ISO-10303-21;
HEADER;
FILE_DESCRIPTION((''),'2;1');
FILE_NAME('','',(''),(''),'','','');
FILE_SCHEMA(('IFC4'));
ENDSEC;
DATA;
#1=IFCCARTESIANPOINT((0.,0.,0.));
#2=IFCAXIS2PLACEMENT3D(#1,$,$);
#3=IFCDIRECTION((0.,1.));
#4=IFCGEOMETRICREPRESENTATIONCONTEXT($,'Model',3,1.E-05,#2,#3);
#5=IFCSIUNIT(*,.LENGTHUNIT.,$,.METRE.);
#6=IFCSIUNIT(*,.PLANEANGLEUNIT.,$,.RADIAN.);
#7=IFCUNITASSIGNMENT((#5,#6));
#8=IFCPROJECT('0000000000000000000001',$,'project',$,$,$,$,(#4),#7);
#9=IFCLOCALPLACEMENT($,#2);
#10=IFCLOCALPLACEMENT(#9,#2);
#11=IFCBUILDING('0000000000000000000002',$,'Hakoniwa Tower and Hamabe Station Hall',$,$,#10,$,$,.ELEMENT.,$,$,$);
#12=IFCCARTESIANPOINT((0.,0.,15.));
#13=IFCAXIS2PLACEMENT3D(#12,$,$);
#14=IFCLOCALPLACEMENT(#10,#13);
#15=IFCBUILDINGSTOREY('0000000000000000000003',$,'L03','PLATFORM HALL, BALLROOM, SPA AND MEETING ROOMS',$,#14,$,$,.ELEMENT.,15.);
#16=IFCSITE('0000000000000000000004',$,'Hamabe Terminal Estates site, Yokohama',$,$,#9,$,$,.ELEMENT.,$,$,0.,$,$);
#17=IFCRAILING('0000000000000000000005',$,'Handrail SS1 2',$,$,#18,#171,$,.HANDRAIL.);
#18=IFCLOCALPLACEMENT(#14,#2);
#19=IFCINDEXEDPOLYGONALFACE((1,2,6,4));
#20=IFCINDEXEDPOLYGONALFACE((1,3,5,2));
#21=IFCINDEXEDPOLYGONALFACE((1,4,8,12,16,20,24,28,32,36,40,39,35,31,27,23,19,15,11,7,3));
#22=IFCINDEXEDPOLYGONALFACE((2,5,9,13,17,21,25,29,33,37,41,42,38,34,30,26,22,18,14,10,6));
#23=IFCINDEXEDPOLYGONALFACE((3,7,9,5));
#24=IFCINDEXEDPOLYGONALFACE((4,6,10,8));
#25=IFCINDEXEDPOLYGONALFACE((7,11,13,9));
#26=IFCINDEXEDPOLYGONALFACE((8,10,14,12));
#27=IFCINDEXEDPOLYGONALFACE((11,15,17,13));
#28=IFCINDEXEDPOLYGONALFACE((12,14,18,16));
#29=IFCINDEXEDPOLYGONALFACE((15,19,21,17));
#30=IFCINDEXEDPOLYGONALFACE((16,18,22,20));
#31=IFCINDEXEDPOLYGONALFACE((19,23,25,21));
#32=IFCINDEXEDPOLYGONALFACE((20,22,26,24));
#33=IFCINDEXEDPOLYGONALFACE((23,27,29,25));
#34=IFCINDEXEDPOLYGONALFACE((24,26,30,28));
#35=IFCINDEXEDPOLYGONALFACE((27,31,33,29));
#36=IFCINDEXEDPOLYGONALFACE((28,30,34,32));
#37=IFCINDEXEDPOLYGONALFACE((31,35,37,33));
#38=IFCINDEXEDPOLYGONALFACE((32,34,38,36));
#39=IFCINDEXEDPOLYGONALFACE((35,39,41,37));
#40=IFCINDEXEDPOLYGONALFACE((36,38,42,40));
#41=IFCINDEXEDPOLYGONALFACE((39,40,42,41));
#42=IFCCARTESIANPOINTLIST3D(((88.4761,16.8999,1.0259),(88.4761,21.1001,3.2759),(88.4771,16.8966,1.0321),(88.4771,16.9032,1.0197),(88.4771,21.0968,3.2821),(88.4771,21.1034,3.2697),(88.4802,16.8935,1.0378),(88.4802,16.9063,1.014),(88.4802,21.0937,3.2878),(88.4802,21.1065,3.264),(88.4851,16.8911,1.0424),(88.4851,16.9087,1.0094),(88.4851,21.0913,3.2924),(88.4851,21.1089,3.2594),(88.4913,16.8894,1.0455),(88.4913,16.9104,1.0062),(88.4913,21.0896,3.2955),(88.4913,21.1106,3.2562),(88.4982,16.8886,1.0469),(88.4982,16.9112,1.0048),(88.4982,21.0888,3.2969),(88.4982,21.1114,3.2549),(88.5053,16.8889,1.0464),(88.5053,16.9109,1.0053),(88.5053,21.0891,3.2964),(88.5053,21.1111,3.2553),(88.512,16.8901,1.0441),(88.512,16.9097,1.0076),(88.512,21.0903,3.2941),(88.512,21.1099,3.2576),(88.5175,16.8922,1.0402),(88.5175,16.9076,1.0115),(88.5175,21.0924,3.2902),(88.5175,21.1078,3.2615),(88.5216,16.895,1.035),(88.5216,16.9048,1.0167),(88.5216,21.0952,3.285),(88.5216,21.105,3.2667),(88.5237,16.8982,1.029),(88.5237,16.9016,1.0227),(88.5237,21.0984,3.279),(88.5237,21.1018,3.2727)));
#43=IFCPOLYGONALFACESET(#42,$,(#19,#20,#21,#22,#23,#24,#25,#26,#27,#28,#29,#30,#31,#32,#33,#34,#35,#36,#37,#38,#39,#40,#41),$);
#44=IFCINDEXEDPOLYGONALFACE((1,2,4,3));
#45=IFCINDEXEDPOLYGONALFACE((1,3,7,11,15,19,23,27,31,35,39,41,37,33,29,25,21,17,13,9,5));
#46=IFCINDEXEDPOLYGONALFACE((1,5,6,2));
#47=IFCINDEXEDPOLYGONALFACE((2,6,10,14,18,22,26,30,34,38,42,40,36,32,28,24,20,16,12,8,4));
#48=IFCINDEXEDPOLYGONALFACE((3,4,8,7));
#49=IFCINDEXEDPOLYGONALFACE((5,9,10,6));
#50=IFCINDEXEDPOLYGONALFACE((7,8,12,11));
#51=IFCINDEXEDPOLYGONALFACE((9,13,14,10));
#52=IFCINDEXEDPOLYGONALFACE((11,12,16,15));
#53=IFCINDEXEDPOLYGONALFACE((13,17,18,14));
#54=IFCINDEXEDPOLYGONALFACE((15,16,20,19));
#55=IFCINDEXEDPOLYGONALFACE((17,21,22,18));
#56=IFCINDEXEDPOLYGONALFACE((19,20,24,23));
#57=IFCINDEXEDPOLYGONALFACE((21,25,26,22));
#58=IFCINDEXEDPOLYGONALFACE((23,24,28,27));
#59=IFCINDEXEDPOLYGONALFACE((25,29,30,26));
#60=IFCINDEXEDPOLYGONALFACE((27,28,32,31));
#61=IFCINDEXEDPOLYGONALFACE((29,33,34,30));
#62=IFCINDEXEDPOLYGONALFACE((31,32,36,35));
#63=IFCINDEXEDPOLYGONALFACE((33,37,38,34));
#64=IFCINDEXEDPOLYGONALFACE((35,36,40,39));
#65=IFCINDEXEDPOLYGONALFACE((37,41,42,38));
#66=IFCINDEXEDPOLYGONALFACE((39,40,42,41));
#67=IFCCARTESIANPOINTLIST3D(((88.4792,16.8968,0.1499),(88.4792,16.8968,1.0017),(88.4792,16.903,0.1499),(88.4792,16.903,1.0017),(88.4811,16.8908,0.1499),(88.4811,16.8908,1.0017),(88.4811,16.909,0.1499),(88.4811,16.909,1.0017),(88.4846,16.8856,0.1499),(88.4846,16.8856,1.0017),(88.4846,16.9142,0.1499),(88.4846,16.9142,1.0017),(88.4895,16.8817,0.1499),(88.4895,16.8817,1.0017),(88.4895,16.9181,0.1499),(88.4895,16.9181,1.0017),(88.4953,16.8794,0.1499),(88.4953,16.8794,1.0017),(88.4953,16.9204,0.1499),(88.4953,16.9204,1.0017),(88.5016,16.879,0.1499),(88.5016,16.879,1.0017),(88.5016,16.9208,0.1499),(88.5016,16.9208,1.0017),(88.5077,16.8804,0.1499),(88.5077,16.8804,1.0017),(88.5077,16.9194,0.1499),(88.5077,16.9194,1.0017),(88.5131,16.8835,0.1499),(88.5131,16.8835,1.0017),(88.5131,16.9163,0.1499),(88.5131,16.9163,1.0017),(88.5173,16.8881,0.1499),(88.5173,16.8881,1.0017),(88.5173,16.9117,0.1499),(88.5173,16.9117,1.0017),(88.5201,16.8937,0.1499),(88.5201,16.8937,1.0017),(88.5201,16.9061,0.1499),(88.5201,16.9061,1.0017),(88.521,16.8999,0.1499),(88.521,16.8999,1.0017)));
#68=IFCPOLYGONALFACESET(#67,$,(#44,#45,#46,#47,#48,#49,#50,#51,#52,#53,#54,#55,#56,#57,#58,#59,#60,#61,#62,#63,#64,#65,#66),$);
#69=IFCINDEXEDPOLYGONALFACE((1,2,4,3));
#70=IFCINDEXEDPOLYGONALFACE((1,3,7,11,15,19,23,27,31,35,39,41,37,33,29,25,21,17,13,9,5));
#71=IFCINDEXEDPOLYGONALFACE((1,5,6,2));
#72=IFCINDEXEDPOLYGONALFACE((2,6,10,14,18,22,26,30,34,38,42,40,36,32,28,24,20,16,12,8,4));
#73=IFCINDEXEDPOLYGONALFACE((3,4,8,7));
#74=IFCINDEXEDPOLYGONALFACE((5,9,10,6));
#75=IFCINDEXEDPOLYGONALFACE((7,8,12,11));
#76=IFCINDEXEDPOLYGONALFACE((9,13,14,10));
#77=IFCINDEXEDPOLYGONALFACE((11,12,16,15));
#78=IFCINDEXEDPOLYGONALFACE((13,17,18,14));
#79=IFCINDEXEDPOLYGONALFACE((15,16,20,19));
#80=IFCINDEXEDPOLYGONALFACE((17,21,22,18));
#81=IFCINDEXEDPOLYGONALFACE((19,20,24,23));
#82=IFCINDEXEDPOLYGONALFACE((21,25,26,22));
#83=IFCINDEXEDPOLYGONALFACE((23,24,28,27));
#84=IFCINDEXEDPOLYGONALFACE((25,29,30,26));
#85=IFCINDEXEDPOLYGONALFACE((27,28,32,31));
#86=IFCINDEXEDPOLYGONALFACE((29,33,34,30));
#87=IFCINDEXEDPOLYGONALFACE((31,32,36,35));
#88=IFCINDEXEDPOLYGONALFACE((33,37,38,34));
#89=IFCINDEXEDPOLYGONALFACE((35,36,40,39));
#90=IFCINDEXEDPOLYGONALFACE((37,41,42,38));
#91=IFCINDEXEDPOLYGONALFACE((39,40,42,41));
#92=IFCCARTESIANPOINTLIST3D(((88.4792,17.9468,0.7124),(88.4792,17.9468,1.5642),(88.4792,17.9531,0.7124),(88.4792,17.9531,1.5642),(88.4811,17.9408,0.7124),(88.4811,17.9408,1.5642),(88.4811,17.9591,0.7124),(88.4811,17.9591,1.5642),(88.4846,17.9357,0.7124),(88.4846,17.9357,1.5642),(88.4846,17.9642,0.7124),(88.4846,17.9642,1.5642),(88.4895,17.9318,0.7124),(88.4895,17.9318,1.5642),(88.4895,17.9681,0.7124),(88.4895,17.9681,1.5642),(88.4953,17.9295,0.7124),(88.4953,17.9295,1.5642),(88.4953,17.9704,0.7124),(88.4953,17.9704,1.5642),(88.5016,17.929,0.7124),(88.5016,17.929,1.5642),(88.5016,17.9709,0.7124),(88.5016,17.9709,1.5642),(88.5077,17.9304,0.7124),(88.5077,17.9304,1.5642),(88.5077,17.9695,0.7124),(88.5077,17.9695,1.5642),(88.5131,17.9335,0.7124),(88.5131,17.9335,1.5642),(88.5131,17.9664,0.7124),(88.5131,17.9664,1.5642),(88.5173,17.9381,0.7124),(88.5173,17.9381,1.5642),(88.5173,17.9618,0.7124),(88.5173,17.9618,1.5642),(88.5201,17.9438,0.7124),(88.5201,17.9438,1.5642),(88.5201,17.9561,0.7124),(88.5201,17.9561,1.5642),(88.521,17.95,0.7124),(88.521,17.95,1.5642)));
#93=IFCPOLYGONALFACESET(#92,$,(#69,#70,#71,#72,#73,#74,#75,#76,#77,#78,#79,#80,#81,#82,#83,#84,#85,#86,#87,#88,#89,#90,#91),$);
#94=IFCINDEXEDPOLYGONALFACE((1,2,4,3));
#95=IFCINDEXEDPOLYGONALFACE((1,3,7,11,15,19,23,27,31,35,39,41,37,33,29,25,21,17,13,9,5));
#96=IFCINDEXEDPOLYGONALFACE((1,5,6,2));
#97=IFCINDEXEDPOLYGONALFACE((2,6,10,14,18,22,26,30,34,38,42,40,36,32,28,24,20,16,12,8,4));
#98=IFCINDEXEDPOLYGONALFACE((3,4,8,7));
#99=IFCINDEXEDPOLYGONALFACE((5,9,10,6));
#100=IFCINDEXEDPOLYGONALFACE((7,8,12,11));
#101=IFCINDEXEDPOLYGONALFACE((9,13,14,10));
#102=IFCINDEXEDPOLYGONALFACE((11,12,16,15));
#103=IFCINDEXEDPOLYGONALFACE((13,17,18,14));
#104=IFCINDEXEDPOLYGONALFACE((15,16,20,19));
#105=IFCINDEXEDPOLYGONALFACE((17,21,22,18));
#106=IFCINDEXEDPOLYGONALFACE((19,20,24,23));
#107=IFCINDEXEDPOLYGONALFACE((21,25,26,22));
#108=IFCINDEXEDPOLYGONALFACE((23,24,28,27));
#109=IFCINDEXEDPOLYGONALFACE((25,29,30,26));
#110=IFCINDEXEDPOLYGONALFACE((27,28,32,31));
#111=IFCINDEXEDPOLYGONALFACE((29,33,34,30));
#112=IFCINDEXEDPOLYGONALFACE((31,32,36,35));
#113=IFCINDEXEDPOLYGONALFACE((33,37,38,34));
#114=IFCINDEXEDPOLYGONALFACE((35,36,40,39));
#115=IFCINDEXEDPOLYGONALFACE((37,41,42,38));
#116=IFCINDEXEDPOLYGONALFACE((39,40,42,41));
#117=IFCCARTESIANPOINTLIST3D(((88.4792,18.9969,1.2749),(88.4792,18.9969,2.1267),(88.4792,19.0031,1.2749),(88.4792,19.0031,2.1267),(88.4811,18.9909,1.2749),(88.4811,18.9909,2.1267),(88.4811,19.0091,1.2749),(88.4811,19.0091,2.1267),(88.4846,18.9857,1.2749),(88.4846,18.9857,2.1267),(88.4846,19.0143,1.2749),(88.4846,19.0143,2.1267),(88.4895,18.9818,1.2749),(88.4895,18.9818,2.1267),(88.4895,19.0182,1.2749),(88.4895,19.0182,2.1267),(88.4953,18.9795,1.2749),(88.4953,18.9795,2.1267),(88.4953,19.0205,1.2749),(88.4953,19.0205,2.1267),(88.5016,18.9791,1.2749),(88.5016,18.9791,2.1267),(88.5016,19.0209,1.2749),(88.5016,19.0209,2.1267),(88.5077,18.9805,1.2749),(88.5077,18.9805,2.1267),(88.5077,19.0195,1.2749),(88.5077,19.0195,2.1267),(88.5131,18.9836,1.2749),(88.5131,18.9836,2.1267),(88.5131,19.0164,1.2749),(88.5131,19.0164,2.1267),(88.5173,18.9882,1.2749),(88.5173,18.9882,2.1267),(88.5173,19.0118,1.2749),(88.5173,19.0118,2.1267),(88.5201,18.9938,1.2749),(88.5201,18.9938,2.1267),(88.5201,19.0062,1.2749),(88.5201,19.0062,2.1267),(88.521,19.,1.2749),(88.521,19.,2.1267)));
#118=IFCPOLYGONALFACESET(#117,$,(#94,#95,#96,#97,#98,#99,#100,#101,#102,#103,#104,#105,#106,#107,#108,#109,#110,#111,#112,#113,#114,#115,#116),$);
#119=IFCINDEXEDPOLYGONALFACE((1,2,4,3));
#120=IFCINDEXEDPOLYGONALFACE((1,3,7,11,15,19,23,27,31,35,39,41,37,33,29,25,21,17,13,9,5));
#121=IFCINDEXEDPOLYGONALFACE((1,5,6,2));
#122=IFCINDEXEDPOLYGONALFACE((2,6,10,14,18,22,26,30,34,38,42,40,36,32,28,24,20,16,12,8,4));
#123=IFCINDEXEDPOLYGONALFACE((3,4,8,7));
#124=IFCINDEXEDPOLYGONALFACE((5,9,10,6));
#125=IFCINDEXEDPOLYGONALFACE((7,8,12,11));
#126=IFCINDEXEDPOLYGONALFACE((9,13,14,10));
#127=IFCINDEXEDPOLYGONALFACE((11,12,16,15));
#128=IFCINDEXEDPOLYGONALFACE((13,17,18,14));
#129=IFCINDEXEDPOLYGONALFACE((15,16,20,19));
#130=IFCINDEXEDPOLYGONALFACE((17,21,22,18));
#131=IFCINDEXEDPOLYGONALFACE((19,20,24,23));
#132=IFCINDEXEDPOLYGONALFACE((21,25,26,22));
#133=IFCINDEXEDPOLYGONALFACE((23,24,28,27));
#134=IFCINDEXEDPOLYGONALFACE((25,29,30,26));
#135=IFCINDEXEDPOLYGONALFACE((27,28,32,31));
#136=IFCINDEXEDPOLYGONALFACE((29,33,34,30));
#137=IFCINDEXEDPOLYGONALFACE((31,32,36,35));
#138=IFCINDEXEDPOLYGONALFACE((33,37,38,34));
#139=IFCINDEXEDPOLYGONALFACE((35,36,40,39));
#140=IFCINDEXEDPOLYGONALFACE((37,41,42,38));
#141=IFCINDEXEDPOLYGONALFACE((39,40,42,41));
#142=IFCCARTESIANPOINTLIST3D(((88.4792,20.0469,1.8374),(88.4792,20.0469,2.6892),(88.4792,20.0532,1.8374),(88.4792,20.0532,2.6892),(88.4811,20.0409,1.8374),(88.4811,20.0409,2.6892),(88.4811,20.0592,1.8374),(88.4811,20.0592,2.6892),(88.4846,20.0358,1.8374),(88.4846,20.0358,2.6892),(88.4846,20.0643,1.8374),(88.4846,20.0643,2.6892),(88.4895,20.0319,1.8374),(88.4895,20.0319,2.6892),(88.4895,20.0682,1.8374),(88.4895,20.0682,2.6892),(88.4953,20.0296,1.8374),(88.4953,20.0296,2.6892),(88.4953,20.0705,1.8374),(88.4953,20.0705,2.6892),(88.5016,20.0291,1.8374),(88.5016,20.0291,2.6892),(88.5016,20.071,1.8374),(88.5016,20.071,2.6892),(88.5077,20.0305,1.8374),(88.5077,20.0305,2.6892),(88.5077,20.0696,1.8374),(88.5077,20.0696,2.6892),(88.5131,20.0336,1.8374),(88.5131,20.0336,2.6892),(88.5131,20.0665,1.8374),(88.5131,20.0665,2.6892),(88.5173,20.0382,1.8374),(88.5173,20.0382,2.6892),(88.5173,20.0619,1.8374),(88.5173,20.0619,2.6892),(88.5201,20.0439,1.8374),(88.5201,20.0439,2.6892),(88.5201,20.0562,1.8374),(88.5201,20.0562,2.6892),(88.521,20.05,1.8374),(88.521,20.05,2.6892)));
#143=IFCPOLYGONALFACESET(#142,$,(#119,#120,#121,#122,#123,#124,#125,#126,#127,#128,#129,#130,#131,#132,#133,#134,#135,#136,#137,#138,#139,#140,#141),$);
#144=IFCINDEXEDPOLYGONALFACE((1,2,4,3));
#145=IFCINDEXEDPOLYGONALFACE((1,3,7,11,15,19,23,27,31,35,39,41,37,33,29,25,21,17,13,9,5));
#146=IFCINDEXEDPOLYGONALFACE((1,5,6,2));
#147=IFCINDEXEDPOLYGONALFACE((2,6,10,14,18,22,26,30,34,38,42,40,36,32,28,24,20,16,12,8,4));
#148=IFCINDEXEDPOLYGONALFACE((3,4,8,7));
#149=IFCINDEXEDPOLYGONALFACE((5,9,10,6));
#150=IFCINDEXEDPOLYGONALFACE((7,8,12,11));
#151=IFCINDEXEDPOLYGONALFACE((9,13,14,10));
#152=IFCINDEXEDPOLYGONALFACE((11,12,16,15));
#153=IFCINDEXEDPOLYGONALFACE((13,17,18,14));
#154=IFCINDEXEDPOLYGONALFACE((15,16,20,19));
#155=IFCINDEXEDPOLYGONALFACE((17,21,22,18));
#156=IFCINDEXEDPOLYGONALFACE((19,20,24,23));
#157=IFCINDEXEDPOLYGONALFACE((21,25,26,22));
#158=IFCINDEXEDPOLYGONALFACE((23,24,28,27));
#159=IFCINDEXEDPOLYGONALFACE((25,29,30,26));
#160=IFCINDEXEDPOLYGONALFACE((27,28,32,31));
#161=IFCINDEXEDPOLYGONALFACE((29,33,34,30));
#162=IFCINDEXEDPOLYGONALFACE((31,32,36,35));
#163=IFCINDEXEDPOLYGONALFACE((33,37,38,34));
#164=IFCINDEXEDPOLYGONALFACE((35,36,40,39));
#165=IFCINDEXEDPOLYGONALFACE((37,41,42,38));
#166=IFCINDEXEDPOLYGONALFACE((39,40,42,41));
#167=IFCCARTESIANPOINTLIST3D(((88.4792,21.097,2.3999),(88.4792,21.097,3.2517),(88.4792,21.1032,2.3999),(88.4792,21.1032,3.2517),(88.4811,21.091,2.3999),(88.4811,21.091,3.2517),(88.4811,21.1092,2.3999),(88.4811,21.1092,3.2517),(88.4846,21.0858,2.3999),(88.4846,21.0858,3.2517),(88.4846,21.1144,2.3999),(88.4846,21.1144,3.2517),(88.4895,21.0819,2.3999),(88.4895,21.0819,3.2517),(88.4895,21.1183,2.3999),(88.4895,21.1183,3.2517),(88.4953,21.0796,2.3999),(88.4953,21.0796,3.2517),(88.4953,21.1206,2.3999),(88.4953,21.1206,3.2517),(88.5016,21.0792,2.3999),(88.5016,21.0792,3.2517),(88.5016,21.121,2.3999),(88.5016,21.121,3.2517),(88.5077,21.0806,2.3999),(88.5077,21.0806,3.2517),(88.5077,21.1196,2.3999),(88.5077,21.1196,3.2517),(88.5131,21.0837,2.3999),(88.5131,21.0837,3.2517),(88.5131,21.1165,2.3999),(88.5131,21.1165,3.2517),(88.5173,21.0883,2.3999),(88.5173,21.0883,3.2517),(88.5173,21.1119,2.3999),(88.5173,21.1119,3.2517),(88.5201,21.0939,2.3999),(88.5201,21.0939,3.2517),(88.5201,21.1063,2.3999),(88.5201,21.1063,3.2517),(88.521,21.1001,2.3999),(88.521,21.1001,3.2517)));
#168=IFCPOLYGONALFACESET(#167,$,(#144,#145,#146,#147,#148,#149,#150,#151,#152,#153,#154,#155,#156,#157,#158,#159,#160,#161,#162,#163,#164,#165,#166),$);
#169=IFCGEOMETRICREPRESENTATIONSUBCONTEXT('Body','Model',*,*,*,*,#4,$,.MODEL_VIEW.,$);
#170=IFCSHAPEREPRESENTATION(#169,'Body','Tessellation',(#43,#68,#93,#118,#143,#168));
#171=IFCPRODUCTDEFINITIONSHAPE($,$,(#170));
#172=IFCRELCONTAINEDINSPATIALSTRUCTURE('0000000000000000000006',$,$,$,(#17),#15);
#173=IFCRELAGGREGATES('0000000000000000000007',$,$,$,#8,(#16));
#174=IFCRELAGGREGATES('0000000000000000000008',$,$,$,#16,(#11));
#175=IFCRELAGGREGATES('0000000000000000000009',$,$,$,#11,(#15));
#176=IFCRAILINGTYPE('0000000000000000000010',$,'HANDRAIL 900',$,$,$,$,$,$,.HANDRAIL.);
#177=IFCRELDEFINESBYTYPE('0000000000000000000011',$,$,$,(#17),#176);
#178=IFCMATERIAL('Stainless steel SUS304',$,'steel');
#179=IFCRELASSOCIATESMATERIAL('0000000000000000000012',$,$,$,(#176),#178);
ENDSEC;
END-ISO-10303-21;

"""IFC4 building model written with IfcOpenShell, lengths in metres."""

from ifc_helpers import new_model, si_unit, direction, frame, origin, origin_2d, place, context, subcontext, project, spatial, circle, extrude, material, type_object, element, save


model = new_model("IFC4")

# Units and contexts
model_context = context("Model", 3, precision=1e-05, world=origin(), true_north=direction((0.0, 1.0)))
body_context = subcontext(model_context, "Body", "Model", "MODEL_VIEW")
ifc_project = project(units=[si_unit("LENGTHUNIT", "METRE"), si_unit("PLANEANGLEUNIT", "RADIAN")], contexts=[model_context])

# Site, building, storey
site_placement = place(None, origin())
site = spatial("IfcSite", under=ifc_project, at=site_placement, Name="Hamabe Terminal Estates site, Yokohama", CompositionType="ELEMENT", RefElevation=0.0)
building_placement = place(site_placement, origin())
building = spatial("IfcBuilding", under=site, at=building_placement, Name="Hakoniwa Tower and Hamabe Station Hall", CompositionType="ELEMENT")
storey_placement = place(building_placement, frame((0.0, 0.0, 15.0)))
storey = spatial("IfcBuildingStorey", under=building, at=storey_placement, Name="L03", Description="PLATFORM HALL, BALLROOM, SPA AND MEETING ROOMS", CompositionType="ELEMENT", Elevation=15.0)

# Railing
ifc_material_1 = material(Name="Stainless steel SUS304", Category="steel")
railing_type_1 = type_object("IfcRailingType", Name="HANDRAIL 900", PredefinedType="HANDRAIL", material=ifc_material_1)
railing_1_placement = place(storey_placement, frame((88.5, 16.8999, 0.1499)))
element("IfcRailing", 1, at=railing_1_placement, inside=storey, type_object=railing_type_1, Name="Handrail SS1 2", PredefinedType="HANDRAIL", context=body_context, shape_type="SweptSolid", body=[
    extrude(circle(Radius=0.0239, at=origin_2d()), frame((0.0, 0.0, 0.876), z_axis=(0.0, 0.881489, 0.472204), x_axis=(-1.0, 0.0, 0.0)), (0.0, 0.0, 1.0), 4.7649),
    extrude(circle(Radius=0.021, at=origin_2d()), origin(), (0.0, 0.0, 1.0), 0.8518),
    extrude(circle(Radius=0.021, at=origin_2d()), frame((0.0, 1.05, 0.5625)), (0.0, 0.0, 1.0), 0.8518),
    extrude(circle(Radius=0.021, at=origin_2d()), frame((0.0, 2.1001, 1.125)), (0.0, 0.0, 1.0), 0.8518),
    extrude(circle(Radius=0.021, at=origin_2d()), frame((0.0, 3.1501, 1.6875)), (0.0, 0.0, 1.0), 0.8518),
    extrude(circle(Radius=0.021, at=origin_2d()), frame((0.0, 4.2002, 2.25)), (0.0, 0.0, 1.0), 0.8518),
])

save(model, "model.ifc")
